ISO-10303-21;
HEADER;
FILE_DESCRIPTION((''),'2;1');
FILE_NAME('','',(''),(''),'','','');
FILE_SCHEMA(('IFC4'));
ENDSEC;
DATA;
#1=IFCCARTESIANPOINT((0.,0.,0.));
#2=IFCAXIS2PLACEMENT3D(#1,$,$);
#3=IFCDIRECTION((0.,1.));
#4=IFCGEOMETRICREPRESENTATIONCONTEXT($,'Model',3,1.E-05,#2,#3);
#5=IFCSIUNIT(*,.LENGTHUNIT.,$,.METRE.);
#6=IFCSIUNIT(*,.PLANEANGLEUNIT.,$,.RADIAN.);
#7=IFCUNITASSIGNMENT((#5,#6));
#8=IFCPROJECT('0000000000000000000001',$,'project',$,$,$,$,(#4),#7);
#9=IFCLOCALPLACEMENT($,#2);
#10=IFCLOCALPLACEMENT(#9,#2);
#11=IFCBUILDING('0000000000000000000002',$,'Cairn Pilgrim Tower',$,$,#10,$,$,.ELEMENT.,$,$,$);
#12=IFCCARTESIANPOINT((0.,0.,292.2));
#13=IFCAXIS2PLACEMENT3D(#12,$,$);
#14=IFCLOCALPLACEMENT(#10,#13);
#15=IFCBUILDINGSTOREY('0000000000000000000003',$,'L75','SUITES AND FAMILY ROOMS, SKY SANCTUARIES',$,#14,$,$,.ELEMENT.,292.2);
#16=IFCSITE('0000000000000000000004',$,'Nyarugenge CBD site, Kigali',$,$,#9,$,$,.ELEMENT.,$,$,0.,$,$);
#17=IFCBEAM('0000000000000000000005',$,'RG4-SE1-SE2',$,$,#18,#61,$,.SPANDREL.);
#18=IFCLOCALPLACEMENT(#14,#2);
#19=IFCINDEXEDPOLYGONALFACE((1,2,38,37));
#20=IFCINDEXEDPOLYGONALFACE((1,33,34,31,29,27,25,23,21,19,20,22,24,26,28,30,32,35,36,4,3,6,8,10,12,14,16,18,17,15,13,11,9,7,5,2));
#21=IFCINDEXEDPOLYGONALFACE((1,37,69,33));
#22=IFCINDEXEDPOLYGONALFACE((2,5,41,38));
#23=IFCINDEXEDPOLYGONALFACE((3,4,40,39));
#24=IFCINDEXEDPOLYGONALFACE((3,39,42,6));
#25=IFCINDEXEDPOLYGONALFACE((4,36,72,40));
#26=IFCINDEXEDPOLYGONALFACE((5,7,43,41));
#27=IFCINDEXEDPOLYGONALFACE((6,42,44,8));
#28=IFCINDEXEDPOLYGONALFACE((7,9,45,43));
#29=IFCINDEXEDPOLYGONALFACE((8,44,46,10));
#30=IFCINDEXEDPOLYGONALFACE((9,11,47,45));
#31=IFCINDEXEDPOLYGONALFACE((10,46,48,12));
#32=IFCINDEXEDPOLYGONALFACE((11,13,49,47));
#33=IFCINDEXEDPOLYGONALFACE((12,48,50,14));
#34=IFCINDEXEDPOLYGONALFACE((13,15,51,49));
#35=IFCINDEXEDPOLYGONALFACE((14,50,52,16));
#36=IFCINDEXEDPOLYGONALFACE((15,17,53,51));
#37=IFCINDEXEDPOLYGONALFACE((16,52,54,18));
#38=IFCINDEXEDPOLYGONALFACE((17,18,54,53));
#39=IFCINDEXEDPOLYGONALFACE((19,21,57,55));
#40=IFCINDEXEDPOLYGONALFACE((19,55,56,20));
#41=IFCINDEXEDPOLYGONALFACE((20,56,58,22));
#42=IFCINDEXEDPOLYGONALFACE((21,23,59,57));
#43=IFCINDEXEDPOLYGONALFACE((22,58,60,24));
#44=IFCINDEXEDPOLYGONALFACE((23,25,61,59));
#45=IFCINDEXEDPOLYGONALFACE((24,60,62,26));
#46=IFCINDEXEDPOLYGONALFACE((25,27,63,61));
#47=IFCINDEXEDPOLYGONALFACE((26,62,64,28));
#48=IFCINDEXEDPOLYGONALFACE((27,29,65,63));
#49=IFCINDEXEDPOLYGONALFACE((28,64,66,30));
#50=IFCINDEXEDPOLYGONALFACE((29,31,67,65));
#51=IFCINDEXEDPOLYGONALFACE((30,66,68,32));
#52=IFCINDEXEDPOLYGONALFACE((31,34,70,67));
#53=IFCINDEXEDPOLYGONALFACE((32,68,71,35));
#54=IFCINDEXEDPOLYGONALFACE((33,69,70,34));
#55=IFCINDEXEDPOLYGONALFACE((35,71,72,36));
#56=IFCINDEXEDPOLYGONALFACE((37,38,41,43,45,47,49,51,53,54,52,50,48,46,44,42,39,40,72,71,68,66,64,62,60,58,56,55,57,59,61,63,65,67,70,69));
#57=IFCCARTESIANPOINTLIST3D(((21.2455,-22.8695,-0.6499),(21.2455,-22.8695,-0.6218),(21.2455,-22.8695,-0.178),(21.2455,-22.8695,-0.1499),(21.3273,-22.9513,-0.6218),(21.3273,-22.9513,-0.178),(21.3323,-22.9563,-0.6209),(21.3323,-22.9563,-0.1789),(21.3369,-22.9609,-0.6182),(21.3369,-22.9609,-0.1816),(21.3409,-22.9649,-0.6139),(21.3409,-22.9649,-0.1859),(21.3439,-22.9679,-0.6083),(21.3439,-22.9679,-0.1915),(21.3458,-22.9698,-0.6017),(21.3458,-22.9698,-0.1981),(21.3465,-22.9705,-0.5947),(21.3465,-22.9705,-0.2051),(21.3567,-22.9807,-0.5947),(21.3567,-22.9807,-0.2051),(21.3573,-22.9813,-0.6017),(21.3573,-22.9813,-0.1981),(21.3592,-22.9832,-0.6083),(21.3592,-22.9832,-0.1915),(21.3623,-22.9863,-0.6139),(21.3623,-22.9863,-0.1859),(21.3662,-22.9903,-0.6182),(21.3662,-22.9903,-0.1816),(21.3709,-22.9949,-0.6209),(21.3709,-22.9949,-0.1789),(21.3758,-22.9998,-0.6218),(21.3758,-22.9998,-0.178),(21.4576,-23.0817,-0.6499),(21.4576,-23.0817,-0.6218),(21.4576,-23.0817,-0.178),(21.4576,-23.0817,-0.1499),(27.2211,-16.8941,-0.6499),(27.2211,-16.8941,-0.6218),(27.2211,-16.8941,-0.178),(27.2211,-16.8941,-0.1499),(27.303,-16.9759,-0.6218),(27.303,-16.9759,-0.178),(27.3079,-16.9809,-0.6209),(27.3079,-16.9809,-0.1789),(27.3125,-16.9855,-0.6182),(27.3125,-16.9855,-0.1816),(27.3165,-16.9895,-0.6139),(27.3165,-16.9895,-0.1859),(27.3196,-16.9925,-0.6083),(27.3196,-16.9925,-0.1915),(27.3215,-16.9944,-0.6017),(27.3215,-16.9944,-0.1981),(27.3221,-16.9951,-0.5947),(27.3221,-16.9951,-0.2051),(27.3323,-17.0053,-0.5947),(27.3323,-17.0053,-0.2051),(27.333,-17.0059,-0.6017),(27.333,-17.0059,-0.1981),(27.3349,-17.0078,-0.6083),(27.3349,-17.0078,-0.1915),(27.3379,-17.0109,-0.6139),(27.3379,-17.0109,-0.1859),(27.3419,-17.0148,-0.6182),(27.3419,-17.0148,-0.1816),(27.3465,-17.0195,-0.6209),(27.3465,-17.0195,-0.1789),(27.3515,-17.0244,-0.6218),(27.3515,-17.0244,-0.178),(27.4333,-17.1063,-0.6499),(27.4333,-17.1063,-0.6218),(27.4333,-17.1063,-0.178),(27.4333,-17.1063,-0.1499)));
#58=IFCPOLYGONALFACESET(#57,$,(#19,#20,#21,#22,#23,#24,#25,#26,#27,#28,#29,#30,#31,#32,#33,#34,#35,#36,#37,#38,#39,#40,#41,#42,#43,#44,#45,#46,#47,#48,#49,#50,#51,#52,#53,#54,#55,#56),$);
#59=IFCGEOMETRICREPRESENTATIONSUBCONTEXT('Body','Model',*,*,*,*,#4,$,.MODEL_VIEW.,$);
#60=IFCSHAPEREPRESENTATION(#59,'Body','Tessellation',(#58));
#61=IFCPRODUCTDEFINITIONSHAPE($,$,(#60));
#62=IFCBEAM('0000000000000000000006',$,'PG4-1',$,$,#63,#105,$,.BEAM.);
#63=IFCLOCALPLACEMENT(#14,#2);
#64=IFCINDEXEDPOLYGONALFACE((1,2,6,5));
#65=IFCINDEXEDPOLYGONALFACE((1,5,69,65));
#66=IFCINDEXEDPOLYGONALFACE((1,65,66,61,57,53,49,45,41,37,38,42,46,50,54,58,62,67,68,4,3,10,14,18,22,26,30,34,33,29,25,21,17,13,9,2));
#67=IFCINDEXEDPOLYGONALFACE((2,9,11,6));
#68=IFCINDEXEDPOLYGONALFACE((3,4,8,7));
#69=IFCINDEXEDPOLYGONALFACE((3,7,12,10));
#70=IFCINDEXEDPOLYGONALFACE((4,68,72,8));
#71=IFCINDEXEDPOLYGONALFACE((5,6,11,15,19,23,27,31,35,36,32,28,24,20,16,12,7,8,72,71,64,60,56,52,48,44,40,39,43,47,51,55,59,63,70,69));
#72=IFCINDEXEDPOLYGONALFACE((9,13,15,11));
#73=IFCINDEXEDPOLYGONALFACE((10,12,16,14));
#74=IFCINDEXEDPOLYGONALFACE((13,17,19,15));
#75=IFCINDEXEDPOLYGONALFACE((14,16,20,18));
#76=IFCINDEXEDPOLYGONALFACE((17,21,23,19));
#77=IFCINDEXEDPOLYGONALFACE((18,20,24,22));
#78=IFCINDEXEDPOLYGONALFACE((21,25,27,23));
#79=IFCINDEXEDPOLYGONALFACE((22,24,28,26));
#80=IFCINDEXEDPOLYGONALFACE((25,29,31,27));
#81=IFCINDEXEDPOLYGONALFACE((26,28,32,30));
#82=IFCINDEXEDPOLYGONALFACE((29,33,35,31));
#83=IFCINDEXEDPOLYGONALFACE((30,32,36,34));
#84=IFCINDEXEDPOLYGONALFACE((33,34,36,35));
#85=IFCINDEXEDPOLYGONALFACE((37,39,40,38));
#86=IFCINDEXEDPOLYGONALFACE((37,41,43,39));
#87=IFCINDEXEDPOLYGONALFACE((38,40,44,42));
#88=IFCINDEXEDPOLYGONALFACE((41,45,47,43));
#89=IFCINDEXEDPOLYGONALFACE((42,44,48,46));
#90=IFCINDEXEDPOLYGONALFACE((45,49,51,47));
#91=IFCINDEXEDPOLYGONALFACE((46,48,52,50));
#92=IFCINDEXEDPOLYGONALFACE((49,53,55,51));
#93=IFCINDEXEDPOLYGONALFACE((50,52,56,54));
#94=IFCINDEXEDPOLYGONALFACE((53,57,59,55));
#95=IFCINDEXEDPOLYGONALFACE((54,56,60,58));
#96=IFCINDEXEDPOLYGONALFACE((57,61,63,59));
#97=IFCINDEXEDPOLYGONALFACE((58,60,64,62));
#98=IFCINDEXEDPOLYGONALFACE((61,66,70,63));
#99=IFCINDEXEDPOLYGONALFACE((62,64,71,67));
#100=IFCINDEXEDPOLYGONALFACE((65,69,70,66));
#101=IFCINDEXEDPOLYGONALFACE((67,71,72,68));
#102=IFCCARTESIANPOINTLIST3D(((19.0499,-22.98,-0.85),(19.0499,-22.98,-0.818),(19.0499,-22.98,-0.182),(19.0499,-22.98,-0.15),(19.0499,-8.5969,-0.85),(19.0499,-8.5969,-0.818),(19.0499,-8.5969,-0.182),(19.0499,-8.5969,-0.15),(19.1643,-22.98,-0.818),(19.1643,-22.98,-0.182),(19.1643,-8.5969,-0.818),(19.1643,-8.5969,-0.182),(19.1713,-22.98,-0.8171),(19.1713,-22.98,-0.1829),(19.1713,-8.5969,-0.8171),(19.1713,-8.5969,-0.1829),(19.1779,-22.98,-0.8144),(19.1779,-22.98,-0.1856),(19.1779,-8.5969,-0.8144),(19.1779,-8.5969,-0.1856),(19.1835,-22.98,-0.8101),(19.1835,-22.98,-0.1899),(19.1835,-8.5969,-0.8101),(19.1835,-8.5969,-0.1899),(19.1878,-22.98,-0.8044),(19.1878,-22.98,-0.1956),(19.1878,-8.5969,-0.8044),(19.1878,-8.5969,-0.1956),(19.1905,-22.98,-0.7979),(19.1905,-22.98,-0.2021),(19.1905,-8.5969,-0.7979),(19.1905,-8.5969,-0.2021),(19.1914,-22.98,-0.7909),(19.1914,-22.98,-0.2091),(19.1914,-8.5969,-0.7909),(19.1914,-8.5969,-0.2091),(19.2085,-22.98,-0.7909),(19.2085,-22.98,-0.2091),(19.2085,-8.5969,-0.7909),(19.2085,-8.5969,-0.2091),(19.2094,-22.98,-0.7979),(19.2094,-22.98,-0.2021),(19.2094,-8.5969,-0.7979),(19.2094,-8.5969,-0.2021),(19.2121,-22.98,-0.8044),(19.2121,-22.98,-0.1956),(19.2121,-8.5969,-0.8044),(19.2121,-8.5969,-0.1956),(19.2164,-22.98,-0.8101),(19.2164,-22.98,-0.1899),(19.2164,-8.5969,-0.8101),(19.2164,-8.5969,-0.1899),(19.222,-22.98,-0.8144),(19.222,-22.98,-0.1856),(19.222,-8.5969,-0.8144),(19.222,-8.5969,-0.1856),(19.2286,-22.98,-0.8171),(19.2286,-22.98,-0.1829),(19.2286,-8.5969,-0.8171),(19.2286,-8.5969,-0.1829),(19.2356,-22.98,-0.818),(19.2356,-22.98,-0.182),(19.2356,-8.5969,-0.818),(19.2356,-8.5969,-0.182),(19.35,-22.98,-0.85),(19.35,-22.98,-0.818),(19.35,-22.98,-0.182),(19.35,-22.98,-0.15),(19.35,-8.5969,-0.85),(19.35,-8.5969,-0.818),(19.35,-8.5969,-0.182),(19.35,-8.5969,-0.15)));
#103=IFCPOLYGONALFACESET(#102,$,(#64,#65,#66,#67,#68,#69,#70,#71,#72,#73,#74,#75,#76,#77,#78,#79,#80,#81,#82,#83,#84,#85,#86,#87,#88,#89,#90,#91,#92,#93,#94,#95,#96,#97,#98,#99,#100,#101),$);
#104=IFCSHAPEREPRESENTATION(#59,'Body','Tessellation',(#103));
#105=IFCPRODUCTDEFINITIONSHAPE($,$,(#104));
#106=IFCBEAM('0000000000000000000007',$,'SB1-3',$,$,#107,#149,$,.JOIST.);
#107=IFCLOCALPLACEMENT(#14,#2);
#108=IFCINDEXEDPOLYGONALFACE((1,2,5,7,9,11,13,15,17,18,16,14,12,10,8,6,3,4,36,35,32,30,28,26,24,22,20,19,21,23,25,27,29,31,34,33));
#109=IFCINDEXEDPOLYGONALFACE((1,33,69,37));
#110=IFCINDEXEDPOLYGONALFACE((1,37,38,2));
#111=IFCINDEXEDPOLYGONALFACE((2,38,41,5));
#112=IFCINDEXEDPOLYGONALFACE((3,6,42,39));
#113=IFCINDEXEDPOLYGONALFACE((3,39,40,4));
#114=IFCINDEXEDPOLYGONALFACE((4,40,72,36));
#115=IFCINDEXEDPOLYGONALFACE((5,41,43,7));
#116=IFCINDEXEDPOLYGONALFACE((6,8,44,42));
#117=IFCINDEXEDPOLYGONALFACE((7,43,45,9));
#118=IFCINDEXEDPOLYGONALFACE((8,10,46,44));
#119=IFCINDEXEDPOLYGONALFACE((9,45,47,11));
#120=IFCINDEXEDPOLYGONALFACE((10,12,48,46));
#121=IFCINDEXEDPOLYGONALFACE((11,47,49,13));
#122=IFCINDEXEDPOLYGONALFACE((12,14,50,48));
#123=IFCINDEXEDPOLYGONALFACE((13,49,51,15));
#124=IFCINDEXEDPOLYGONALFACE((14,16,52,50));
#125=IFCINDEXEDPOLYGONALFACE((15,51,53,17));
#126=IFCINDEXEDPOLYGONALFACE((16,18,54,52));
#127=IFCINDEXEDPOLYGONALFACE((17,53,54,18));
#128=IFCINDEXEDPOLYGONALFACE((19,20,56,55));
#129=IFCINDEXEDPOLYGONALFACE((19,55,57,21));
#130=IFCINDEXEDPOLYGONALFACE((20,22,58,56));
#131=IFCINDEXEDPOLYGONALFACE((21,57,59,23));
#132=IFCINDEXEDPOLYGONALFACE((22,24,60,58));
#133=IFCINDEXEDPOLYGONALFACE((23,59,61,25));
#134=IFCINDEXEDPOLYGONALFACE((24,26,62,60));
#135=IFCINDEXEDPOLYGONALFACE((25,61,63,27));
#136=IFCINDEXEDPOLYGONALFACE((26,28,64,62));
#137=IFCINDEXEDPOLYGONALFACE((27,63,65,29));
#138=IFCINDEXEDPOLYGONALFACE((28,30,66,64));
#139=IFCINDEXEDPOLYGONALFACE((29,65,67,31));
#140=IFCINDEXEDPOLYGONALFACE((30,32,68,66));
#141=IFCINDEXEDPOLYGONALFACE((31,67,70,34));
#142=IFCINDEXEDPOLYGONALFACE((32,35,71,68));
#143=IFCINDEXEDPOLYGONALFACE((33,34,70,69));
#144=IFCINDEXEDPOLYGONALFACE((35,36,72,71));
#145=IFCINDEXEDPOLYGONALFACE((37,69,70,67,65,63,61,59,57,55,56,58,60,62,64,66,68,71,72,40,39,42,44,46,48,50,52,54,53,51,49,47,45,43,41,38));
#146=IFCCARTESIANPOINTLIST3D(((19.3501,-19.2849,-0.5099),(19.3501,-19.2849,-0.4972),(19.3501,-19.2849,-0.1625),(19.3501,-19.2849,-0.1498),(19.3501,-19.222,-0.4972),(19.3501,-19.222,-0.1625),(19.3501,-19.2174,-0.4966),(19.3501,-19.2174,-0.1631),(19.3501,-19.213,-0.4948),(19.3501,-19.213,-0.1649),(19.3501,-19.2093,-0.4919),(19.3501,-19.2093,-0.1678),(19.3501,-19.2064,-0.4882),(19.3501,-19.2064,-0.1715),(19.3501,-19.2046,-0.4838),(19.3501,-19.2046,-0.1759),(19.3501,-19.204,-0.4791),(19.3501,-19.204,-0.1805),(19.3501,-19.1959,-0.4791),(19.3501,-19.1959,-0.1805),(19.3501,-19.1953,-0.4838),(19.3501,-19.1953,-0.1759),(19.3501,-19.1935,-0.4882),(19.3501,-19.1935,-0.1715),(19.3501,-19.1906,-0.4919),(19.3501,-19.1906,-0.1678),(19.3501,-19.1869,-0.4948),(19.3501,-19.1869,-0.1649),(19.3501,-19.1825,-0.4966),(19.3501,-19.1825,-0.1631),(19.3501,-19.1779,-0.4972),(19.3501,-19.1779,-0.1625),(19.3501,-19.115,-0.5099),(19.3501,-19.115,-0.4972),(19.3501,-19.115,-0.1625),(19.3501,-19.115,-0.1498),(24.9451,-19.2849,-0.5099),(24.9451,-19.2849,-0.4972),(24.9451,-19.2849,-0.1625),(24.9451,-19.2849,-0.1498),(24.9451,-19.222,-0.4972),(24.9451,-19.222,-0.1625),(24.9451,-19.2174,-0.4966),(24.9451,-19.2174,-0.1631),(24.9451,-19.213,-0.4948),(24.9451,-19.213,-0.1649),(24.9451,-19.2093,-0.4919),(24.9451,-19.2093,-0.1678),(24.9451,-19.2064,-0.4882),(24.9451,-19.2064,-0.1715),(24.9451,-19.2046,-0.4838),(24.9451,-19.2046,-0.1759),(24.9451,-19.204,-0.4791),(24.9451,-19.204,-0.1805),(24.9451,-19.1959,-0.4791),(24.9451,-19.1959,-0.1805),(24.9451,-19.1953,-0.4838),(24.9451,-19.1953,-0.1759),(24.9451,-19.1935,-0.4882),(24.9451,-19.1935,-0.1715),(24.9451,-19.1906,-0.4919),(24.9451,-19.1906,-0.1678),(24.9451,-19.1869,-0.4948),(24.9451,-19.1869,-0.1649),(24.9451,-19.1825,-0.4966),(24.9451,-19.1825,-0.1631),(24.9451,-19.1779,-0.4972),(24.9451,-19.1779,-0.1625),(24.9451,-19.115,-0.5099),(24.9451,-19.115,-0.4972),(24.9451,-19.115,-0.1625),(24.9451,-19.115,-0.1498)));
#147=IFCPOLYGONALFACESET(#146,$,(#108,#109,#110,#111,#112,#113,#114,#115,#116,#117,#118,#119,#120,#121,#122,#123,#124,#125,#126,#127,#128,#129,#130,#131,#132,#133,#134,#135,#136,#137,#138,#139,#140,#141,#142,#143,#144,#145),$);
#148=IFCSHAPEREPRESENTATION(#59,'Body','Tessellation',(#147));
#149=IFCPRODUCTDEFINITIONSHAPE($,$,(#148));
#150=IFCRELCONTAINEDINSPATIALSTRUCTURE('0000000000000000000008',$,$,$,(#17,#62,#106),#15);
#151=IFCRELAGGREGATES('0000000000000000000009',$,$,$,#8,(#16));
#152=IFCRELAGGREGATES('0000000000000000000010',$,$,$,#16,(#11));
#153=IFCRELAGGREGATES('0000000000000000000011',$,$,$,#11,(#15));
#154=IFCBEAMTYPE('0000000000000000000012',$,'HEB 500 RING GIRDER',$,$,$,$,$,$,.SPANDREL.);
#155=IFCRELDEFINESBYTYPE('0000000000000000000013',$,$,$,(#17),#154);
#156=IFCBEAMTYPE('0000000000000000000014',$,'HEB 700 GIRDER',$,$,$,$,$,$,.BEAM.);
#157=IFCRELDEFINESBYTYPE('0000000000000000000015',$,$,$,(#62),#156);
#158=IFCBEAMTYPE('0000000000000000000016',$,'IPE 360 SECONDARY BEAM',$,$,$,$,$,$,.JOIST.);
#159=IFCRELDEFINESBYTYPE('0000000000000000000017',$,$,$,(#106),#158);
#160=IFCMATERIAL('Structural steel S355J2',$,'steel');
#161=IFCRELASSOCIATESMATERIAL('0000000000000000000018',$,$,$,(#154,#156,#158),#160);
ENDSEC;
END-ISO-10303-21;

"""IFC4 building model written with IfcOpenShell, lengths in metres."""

from ifc_helpers import new_model, si_unit, direction, frame, origin, origin_2d, place, context, subcontext, project, spatial, i_section, extrude, material, material_profile, profile_set, type_object, element, save


model = new_model("IFC4")

# Units and contexts
model_context = context("Model", 3, precision=1e-05, world=origin(), true_north=direction((0.0, 1.0)))
body_context = subcontext(model_context, "Body", "Model", "MODEL_VIEW")
ifc_project = project(units=[si_unit("LENGTHUNIT", "METRE"), si_unit("PLANEANGLEUNIT", "RADIAN")], contexts=[model_context])

# Site, building, storey
site_placement = place(None, origin())
site = spatial("IfcSite", under=ifc_project, at=site_placement, Name="Nyarugenge CBD site, Kigali", CompositionType="ELEMENT", RefElevation=0.0)
building_placement = place(site_placement, origin())
building = spatial("IfcBuilding", under=site, at=building_placement, Name="Cairn Pilgrim Tower", CompositionType="ELEMENT")
storey_placement = place(building_placement, frame((0.0, 0.0, 292.2)))
storey = spatial("IfcBuildingStorey", under=building, at=storey_placement, Name="L75", Description="SUITES AND FAMILY ROOMS, SKY SANCTUARIES", CompositionType="ELEMENT", Elevation=292.2)

# Shared definitions
ifc_material_1 = material(Name="Structural steel S355J2", Category="steel")

# Beams
ifc_material_profile_1 = material_profile(ifc_material_1, i_section(OverallWidth=0.3, OverallDepth=0.5, WebThickness=0.0144, FlangeThickness=0.0281, FilletRadius=0.0271, at=origin_2d()), Name="HEB 500")
ifc_profile_set_1 = profile_set([ifc_material_profile_1], Name="Structural steel S355J2")
beam_type_1 = type_object("IfcBeamType", Name="HEB 500 RING GIRDER", PredefinedType="SPANDREL", material=ifc_profile_set_1)
beam_1_placement = place(storey_placement, frame((21.3516, -22.9756, -0.3999), z_axis=(0.707121, 0.707092, 0.0), x_axis=(-0.707092, 0.707121, 0.0)))
element("IfcBeam", 1, at=beam_1_placement, inside=storey, type_object=beam_type_1, Name="RG4-SE1-SE2", PredefinedType="SPANDREL", context=body_context, shape_type="SweptSolid", body=[
    extrude(i_section(OverallWidth=0.3, OverallDepth=0.5, WebThickness=0.0144, FlangeThickness=0.0281, FilletRadius=0.0271, at=origin_2d()), origin(), (0.0, 0.0, 1.0), 8.4507),
])
ifc_material_profile_2 = material_profile(ifc_material_1, i_section(OverallWidth=0.3, OverallDepth=0.7, WebThickness=0.0171, FlangeThickness=0.032, FilletRadius=0.0271, at=origin_2d()), Name="HEB 700")
ifc_profile_set_2 = profile_set([ifc_material_profile_2], Name="Structural steel S355J2")
beam_type_2 = type_object("IfcBeamType", Name="HEB 700 GIRDER", PredefinedType="BEAM", material=ifc_profile_set_2)
beam_2_placement = place(storey_placement, frame((19.2, -22.98, -0.5), z_axis=(0.0, 1.0, 0.0), x_axis=(-1.0, 0.0, 0.0)))
element("IfcBeam", 2, at=beam_2_placement, inside=storey, type_object=beam_type_2, Name="PG4-1", PredefinedType="BEAM", context=body_context, shape_type="SweptSolid", body=[
    extrude(i_section(OverallWidth=0.3, OverallDepth=0.7, WebThickness=0.0171, FlangeThickness=0.032, FilletRadius=0.0271, at=origin_2d()), origin(), (0.0, 0.0, 1.0), 14.3831),
])
ifc_material_profile_3 = material_profile(ifc_material_1, i_section(OverallWidth=0.1699, OverallDepth=0.3601, WebThickness=0.0081, FlangeThickness=0.0127, FilletRadius=0.0181, at=origin_2d()), Name="IPE 360")
ifc_profile_set_3 = profile_set([ifc_material_profile_3], Name="Structural steel S355J2")
beam_type_3 = type_object("IfcBeamType", Name="IPE 360 SECONDARY BEAM", PredefinedType="JOIST", material=ifc_profile_set_3)
beam_3_placement = place(storey_placement, frame((19.3501, -19.2, -0.3298), z_axis=(1.0, 0.0, 0.0), x_axis=(0.0, 1.0, 0.0)))
element("IfcBeam", 3, at=beam_3_placement, inside=storey, type_object=beam_type_3, Name="SB1-3", PredefinedType="JOIST", context=body_context, shape_type="SweptSolid", body=[
    extrude(i_section(OverallWidth=0.1699, OverallDepth=0.3601, WebThickness=0.0081, FlangeThickness=0.0127, FilletRadius=0.0181, at=origin_2d()), origin(), (0.0, 0.0, 1.0), 5.595),
])

save(model, "model.ifc")
